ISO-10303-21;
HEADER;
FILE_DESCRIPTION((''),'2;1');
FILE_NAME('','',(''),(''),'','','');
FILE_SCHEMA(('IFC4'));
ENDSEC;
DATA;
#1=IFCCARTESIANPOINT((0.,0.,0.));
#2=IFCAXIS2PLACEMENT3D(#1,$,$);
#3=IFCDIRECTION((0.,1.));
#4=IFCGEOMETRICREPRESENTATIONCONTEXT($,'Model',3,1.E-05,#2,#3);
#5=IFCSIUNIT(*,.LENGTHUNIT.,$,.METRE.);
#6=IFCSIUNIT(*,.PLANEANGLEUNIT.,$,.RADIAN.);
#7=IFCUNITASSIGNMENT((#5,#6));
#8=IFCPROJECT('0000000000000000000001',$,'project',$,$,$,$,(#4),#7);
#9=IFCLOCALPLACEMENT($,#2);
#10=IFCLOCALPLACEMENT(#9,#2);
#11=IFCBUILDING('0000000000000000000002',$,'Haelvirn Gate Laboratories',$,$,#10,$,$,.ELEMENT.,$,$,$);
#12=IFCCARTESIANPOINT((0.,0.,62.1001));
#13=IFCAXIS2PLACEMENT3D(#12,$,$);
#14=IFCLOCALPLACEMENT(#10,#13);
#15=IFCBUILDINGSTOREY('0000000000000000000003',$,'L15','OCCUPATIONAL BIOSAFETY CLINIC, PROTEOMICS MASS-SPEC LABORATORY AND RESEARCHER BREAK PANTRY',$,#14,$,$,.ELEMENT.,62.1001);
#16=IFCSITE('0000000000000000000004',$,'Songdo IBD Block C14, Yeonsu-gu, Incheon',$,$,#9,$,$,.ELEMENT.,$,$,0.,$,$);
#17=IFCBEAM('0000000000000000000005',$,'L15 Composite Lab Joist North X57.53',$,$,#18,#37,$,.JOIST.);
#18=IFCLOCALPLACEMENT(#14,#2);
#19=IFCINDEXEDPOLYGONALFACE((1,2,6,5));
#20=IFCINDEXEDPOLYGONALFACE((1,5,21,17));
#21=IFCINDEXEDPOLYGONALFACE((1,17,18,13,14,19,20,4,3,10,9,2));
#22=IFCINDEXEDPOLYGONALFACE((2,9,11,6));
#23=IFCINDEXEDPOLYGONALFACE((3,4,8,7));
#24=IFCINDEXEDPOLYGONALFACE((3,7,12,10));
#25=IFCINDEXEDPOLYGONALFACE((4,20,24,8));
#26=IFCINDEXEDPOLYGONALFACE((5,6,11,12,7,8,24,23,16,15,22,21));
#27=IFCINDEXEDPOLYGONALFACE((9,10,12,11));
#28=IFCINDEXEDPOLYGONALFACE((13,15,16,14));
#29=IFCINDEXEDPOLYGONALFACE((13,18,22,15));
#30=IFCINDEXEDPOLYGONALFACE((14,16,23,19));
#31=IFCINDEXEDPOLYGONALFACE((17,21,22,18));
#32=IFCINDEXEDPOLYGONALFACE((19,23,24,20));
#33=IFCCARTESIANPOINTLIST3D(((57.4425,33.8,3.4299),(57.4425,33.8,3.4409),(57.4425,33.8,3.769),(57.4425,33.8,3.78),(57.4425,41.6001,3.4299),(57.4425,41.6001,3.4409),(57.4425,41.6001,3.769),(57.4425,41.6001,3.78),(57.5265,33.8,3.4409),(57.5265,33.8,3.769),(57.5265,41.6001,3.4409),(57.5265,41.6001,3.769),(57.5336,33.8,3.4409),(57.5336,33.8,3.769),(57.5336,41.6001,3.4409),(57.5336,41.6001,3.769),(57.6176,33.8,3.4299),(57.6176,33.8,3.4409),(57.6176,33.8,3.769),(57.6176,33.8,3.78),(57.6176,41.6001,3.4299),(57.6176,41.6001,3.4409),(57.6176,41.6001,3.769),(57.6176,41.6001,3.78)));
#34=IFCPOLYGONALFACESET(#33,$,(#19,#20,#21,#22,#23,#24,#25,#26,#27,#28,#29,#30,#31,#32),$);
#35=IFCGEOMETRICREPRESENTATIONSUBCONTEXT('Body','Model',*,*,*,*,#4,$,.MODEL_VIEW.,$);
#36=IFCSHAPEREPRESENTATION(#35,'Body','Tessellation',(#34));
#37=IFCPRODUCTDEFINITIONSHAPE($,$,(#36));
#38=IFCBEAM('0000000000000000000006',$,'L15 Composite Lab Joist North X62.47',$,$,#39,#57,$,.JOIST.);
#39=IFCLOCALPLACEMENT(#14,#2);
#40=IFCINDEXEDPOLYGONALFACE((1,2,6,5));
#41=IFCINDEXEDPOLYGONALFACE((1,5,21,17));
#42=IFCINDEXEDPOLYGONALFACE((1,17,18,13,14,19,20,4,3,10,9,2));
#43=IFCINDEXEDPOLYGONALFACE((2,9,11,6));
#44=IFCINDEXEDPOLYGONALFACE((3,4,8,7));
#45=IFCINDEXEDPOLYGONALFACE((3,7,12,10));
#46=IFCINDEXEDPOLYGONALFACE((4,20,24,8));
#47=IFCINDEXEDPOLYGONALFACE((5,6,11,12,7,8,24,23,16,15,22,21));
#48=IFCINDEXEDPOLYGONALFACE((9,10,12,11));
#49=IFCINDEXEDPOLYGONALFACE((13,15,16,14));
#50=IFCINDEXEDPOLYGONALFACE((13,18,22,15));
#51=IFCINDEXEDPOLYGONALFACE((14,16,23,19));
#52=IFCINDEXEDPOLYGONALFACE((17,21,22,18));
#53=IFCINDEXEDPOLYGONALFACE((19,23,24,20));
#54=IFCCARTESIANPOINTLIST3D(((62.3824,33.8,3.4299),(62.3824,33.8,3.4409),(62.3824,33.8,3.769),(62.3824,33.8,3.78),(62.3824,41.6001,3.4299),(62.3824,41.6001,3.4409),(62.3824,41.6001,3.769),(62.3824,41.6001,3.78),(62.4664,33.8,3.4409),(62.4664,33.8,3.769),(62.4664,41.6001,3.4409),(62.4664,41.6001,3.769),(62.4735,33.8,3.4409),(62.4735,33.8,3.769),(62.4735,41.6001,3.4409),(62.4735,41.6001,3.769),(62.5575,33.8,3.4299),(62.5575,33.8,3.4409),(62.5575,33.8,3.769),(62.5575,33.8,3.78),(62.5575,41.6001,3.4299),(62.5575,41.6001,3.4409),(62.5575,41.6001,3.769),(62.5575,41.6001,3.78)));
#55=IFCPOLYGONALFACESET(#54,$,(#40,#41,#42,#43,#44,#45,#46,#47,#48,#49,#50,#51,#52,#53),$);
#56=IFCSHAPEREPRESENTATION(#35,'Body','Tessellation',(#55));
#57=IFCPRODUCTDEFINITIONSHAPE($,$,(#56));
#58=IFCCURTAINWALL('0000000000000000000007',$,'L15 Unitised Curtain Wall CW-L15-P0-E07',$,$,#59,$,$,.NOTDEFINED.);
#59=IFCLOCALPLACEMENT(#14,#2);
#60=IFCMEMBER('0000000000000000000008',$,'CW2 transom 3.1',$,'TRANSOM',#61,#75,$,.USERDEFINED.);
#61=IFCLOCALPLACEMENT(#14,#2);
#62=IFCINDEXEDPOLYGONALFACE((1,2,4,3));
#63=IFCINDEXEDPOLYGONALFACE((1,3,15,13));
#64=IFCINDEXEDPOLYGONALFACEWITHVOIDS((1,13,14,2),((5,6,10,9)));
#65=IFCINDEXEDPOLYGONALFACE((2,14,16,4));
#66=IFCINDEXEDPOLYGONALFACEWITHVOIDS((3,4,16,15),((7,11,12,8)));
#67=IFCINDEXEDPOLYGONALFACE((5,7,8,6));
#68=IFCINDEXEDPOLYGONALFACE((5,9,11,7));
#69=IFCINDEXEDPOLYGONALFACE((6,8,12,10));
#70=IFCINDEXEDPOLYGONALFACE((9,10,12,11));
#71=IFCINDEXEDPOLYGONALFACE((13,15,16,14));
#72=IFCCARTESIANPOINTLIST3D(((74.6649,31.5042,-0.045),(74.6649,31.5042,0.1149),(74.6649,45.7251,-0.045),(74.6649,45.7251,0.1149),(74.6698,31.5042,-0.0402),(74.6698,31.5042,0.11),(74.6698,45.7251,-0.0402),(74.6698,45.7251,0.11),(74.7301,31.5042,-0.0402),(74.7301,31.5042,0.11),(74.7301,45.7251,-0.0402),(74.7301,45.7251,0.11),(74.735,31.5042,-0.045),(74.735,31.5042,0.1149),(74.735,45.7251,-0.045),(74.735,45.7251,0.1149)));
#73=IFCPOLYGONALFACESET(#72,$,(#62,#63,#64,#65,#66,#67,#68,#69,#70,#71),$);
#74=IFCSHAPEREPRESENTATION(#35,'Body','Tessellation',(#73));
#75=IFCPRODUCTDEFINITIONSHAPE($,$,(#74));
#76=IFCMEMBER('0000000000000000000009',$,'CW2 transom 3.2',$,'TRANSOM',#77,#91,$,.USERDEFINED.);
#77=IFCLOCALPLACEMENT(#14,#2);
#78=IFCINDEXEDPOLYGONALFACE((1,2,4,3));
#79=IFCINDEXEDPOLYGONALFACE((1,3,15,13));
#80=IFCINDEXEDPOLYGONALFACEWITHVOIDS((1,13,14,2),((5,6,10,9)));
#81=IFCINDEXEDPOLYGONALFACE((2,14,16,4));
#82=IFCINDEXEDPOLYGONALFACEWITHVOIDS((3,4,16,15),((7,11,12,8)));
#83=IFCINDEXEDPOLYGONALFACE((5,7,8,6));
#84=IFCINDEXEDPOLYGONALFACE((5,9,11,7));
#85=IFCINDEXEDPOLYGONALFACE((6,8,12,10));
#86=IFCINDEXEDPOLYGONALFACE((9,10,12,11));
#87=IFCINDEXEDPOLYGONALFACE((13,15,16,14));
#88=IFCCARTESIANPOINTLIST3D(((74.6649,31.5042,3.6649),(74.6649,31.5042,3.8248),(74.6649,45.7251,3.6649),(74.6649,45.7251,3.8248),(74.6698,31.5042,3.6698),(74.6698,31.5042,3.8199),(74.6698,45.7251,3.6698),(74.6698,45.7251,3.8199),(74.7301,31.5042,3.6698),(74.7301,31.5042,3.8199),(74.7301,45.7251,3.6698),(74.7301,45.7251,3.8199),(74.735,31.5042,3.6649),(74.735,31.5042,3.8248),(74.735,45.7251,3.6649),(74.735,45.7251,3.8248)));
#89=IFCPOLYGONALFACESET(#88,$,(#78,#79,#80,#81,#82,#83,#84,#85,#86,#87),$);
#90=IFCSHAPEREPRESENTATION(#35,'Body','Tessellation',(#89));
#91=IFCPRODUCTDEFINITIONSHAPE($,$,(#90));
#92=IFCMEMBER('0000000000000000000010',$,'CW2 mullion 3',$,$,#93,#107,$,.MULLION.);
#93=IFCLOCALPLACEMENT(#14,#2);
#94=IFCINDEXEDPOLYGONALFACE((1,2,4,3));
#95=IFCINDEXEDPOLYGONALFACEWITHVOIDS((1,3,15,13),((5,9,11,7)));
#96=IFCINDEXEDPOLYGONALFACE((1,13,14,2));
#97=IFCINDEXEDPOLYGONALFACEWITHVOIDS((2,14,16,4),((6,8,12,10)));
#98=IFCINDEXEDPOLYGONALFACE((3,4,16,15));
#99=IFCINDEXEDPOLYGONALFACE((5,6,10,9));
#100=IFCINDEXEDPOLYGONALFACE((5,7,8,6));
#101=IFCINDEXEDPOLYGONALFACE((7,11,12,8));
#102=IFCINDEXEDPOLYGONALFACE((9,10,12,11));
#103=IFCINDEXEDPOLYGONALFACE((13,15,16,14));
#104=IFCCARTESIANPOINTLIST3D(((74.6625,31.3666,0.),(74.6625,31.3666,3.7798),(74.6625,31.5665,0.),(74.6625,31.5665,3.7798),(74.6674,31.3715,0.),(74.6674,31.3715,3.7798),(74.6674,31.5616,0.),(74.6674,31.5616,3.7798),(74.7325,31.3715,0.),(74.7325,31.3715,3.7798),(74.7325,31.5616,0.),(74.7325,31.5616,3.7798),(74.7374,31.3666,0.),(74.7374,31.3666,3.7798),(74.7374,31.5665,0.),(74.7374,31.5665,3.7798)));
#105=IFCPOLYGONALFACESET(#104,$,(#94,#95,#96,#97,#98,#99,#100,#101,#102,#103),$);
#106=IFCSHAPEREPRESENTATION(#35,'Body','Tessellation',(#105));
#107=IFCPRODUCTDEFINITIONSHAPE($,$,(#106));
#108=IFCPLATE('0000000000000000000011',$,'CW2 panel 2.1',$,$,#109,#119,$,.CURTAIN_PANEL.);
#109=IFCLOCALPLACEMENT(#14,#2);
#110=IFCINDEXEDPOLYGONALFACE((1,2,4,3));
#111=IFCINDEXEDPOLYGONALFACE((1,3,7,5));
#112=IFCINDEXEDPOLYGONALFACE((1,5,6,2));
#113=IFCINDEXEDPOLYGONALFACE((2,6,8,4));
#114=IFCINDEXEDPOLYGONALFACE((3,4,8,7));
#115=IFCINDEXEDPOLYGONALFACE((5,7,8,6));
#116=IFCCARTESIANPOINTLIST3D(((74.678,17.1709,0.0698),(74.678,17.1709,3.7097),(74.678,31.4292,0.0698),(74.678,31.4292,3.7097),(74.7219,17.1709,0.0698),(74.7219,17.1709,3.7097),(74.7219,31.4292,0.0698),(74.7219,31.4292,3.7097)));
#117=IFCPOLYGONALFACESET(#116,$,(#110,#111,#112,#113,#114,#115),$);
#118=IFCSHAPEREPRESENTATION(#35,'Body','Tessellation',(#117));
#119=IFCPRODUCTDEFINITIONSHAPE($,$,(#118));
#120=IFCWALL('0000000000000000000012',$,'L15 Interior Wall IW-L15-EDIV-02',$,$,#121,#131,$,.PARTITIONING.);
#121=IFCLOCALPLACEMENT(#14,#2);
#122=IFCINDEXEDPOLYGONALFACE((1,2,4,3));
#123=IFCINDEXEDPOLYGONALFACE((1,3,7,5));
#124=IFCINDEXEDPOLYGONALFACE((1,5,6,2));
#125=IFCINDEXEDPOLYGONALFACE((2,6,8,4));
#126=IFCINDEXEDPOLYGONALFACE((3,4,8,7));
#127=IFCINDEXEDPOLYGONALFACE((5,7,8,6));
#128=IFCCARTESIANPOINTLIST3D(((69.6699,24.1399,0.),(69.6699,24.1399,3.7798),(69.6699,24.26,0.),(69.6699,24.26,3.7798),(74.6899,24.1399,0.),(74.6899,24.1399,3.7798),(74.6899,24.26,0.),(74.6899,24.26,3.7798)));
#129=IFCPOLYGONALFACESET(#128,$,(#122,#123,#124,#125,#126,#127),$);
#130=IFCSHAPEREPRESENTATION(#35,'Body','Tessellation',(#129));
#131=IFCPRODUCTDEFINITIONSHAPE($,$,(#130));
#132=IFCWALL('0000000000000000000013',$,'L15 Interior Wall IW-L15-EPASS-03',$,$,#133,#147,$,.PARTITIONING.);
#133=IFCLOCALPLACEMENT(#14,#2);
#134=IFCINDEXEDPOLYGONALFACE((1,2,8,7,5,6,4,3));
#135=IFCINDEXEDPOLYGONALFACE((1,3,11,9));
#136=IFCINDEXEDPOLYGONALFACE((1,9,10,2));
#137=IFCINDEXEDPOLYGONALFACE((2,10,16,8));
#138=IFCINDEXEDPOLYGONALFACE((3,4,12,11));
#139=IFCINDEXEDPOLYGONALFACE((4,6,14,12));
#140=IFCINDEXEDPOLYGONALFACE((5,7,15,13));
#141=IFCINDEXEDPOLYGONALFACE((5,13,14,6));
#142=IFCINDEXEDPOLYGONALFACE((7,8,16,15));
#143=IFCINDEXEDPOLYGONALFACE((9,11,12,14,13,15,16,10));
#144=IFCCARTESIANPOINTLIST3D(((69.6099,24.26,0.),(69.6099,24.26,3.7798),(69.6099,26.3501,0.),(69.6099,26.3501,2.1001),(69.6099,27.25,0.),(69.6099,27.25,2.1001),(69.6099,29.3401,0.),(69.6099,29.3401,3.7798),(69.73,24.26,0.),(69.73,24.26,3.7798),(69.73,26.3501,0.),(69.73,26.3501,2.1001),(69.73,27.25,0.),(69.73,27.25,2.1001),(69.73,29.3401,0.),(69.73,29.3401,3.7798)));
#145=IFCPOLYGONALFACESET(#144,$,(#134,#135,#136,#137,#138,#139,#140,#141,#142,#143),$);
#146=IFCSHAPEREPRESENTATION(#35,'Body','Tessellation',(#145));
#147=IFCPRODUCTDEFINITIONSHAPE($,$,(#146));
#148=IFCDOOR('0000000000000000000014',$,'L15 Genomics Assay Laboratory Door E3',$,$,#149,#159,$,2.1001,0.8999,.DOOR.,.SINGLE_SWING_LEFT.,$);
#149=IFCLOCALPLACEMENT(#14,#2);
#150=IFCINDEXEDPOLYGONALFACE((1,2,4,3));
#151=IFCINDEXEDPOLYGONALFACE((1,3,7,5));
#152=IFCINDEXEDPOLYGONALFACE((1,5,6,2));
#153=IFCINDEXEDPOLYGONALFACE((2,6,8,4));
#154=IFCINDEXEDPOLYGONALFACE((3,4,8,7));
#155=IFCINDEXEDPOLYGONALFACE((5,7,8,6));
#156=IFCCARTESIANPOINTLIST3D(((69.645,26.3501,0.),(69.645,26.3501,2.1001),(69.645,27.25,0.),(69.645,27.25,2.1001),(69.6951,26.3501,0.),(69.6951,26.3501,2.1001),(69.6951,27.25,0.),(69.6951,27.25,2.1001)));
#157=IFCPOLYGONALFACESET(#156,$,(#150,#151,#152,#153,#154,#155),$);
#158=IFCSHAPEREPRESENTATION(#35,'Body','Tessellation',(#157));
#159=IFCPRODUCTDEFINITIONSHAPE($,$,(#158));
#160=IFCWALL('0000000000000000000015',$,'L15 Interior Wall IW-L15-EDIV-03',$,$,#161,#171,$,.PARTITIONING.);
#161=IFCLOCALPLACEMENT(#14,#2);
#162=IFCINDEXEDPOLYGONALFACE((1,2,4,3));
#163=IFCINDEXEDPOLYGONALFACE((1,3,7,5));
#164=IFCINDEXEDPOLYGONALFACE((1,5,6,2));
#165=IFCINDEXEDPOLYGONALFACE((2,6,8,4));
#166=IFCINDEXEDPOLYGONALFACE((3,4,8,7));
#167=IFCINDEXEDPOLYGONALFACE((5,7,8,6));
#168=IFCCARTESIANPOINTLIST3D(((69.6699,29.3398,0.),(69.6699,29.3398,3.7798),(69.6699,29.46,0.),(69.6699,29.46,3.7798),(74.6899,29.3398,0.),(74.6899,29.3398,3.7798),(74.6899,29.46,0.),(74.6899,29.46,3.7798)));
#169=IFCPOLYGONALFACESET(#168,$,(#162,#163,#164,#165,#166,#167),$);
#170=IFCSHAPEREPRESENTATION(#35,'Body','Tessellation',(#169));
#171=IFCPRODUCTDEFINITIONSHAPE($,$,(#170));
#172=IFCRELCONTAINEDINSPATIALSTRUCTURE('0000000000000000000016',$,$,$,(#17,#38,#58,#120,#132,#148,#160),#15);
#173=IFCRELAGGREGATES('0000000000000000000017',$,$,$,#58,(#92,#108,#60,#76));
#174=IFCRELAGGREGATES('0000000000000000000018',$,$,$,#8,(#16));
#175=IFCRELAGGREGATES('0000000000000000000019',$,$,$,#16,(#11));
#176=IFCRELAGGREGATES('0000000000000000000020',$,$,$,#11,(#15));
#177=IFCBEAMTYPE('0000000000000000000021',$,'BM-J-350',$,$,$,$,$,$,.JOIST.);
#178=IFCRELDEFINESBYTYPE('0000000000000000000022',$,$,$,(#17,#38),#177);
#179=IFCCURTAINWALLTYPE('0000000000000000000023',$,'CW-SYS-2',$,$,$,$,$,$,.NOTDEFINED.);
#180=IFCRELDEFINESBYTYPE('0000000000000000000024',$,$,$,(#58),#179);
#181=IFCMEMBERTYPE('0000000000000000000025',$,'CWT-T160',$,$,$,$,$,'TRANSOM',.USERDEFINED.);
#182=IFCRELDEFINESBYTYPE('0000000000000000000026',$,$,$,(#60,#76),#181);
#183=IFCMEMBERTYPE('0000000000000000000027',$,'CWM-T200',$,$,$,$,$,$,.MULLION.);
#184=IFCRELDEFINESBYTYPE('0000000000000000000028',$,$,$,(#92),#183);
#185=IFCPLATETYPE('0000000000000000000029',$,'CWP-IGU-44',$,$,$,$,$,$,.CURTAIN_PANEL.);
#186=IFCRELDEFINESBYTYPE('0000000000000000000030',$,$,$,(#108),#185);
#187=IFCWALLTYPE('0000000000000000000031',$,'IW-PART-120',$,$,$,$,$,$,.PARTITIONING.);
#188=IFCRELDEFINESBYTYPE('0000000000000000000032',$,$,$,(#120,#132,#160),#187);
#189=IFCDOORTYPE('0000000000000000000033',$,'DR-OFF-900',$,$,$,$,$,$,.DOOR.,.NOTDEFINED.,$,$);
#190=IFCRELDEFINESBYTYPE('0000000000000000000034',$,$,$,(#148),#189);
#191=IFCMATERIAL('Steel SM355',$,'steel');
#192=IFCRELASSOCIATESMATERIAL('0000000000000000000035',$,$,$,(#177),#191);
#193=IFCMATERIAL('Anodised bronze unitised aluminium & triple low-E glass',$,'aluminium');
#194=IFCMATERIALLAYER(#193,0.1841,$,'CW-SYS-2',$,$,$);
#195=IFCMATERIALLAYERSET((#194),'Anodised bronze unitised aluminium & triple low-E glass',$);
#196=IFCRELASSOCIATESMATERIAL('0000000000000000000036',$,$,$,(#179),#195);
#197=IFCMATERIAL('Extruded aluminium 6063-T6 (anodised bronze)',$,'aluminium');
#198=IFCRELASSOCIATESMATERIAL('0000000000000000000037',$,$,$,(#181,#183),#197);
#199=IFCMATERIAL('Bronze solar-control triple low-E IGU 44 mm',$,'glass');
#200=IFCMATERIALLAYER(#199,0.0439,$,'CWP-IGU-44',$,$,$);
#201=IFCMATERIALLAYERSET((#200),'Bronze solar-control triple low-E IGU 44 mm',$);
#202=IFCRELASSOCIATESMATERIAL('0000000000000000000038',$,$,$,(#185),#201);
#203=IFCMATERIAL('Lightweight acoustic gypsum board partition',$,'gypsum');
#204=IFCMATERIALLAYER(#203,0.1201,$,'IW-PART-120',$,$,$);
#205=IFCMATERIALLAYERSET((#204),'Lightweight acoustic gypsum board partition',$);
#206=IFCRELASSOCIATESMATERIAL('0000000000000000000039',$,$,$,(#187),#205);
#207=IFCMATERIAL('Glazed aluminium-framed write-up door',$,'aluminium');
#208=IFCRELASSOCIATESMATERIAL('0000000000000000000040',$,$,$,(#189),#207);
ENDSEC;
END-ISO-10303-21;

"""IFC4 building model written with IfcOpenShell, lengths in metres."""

from ifc_helpers import new_model, si_unit, direction, frame, frame_2d, origin, origin_2d, place, context, subcontext, project, spatial, rectangle, hollow_rectangle, i_section, extrude, source, transform, mapped, material, layer, layer_set, material_profile, profile_set, type_object, type_shapes, element, fill, aggregate, save


model = new_model("IFC4")

# Units and contexts
model_context = context("Model", 3, precision=1e-05, world=origin(), true_north=direction((0.0, 1.0)))
body_context = subcontext(model_context, "Body", "Model", "MODEL_VIEW")
ifc_project = project(units=[si_unit("LENGTHUNIT", "METRE"), si_unit("PLANEANGLEUNIT", "RADIAN")], contexts=[model_context])

# Site, building, storey
site_placement = place(None, origin())
site = spatial("IfcSite", under=ifc_project, at=site_placement, Name="Songdo IBD Block C14, Yeonsu-gu, Incheon", CompositionType="ELEMENT", RefElevation=0.0)
building_placement = place(site_placement, origin())
building = spatial("IfcBuilding", under=site, at=building_placement, Name="Haelvirn Gate Laboratories", CompositionType="ELEMENT")
storey_placement = place(building_placement, frame((0.0, 0.0, 62.1001)))
storey = spatial("IfcBuildingStorey", under=building, at=storey_placement, Name="L15", Description="OCCUPATIONAL BIOSAFETY CLINIC, PROTEOMICS MASS-SPEC LABORATORY AND RESEARCHER BREAK PANTRY", CompositionType="ELEMENT", Elevation=62.1001)

# Beams
ifc_material_1 = material(Name="Steel SM355", Category="steel")
ifc_material_profile_1 = material_profile(ifc_material_1, i_section(OverallWidth=0.175, OverallDepth=0.3501, WebThickness=0.0071, FlangeThickness=0.011, at=origin_2d()), Name="H-350x175x7x11")
ifc_profile_set_1 = profile_set([ifc_material_profile_1], Name="Steel SM355")
beam_type = type_object("IfcBeamType", Name="BM-J-350", PredefinedType="JOIST", material=ifc_profile_set_1)
shared_shape_1 = source(origin(), body_context, "Body", "SweptSolid", [
    extrude(i_section(OverallWidth=0.175, OverallDepth=0.3501, WebThickness=0.0071, FlangeThickness=0.011, at=origin_2d()), origin(), (0.0, 0.0, 1.0), 7.8),
])
type_shapes(beam_type, [shared_shape_1])
for number, where, z_axis, x_axis, name in (
    (1, (57.53, 33.8, 3.605), (0.0, 1.0, 0.0), (-1.0, 0.0, 0.0), "L15 Composite Lab Joist North X57.53"),
    (2, (62.47, 33.8, 3.605), (0.0, 1.0, 0.0), (-1.0, 0.0, 0.0), "L15 Composite Lab Joist North X62.47"),
):
    element("IfcBeam", number, at=place(storey_placement, frame(where, z_axis=z_axis, x_axis=x_axis)), inside=storey, type_object=beam_type, Name=name, PredefinedType="JOIST", context=body_context, shape_type="MappedRepresentation", body=[
        mapped(shared_shape_1, transform((0.0, 0.0, 0.0), scale=1.0)),
    ])

# Curtain wall, members, plate
ifc_material_2 = material(Name="Anodised bronze unitised aluminium & triple low-E glass", Category="aluminium")
ifc_layer_1 = layer(ifc_material_2, 0.1841, Name="CW-SYS-2")
ifc_layer_set_1 = layer_set([ifc_layer_1], Name="Anodised bronze unitised aluminium & triple low-E glass")
curtain_wall_type = type_object("IfcCurtainWallType", Name="CW-SYS-2", PredefinedType="NOTDEFINED", material=ifc_layer_set_1)
curtain_wall_placement = place(storey_placement, origin())
curtain_wall = element("IfcCurtainWall", 3, at=curtain_wall_placement, inside=storey, type_object=curtain_wall_type, Name="L15 Unitised Curtain Wall CW-L15-P0-E07", PredefinedType="NOTDEFINED")
ifc_material_3 = material(Name="Extruded aluminium 6063-T6 (anodised bronze)", Category="aluminium")
ifc_material_profile_2 = material_profile(ifc_material_3, hollow_rectangle(XDim=0.0701, YDim=0.1599, WallThickness=0.0049, at=origin_2d()), Name="CWT-160x70x5")
ifc_profile_set_2 = profile_set([ifc_material_profile_2], Name="Extruded aluminium 6063-T6 (anodised bronze)")
member_type_1 = type_object("IfcMemberType", Name="CWT-T160", ElementType="TRANSOM", PredefinedType="USERDEFINED", material=ifc_profile_set_2)
shared_shape_2 = source(origin(), body_context, "Body", "SweptSolid", [
    extrude(hollow_rectangle(XDim=0.0701, YDim=0.1599, WallThickness=0.0049, at=origin_2d()), origin(), (0.0, 0.0, 1.0), 14.2209),
])
type_shapes(member_type_1, [shared_shape_2])
member_1_placement = place(storey_placement, frame((74.7, 31.5042, 0.0349), z_axis=(0.0, 1.0, 0.0), x_axis=(-1.0, 0.0, 0.0)))
member_1 = element("IfcMember", 4, at=member_1_placement, type_object=member_type_1, Name="CW2 transom 3.1", ObjectType="TRANSOM", PredefinedType="USERDEFINED", context=body_context, shape_type="MappedRepresentation", body=[
    mapped(shared_shape_2, transform((0.0, 0.0, 0.0), scale=1.0)),
])
member_2_placement = place(storey_placement, frame((74.7, 31.5042, 3.7449), z_axis=(0.0, 1.0, 0.0), x_axis=(-1.0, 0.0, 0.0)))
member_2 = element("IfcMember", 5, at=member_2_placement, type_object=member_type_1, Name="CW2 transom 3.2", ObjectType="TRANSOM", PredefinedType="USERDEFINED", context=body_context, shape_type="MappedRepresentation", body=[
    mapped(shared_shape_2, transform((0.0, 0.0, 0.0), scale=1.0)),
])
ifc_material_profile_3 = material_profile(ifc_material_3, hollow_rectangle(XDim=0.075, YDim=0.2, WallThickness=0.0049, at=origin_2d()), Name="CWM-200x75x5")
ifc_profile_set_3 = profile_set([ifc_material_profile_3], Name="Extruded aluminium 6063-T6 (anodised bronze)")
member_type_2 = type_object("IfcMemberType", Name="CWM-T200", PredefinedType="MULLION", material=ifc_profile_set_3)
shared_shape_3 = source(origin(), body_context, "Body", "SweptSolid", [
    extrude(hollow_rectangle(XDim=0.075, YDim=0.2, WallThickness=0.0049, at=origin_2d()), origin(), (0.0, 0.0, 1.0), 3.7798),
])
type_shapes(member_type_2, [shared_shape_3])
member_3_placement = place(storey_placement, frame((74.7, 31.4666, 0.0), z_axis=(0.0, 0.0, 1.0), x_axis=(-1.0, 0.0, 0.0)))
member_3 = element("IfcMember", 6, at=member_3_placement, type_object=member_type_2, Name="CW2 mullion 3", PredefinedType="MULLION", context=body_context, shape_type="MappedRepresentation", body=[
    mapped(shared_shape_3, transform((0.0, 0.0, 0.0), scale=1.0)),
])
ifc_material_4 = material(Name="Bronze solar-control triple low-E IGU 44 mm", Category="glass")
ifc_layer_2 = layer(ifc_material_4, 0.0439, Name="CWP-IGU-44")
ifc_layer_set_2 = layer_set([ifc_layer_2], Name="Bronze solar-control triple low-E IGU 44 mm")
plate_type = type_object("IfcPlateType", Name="CWP-IGU-44", PredefinedType="CURTAIN_PANEL", material=ifc_layer_set_2)
shared_shape_4 = source(origin(), body_context, "Body", "SweptSolid", [
    extrude(rectangle(XDim=14.2583, YDim=0.0439, at=origin_2d()), origin(), (0.0, 0.0, 1.0), 3.6399),
])
type_shapes(plate_type, [shared_shape_4])
plate_placement = place(storey_placement, frame((74.7, 24.3, 0.0698), z_axis=(0.0, 0.0, 1.0), x_axis=(0.0, 1.0, 0.0)))
plate = element("IfcPlate", 7, at=plate_placement, type_object=plate_type, Name="CW2 panel 2.1", PredefinedType="CURTAIN_PANEL", context=body_context, shape_type="MappedRepresentation", body=[
    mapped(shared_shape_4, transform((0.0, 0.0, 0.0), scale=1.0)),
])
aggregate(curtain_wall, [member_3, plate, member_1, member_2])

# Wall
ifc_material_5 = material(Name="Lightweight acoustic gypsum board partition", Category="gypsum")
ifc_layer_3 = layer(ifc_material_5, 0.1201, Name="IW-PART-120")
ifc_layer_set_3 = layer_set([ifc_layer_3], Name="Lightweight acoustic gypsum board partition")
wall_type_1 = type_object("IfcWallType", Name="IW-PART-120", PredefinedType="PARTITIONING", material=ifc_layer_set_3)
wall_1_placement = place(storey_placement, frame((69.6699, 24.2, 0.0), z_axis=(0.0, 0.0, 1.0), x_axis=(1.0, 0.0, 0.0)))
element("IfcWall", 8, at=wall_1_placement, inside=storey, type_object=wall_type_1, Name="L15 Interior Wall IW-L15-EDIV-02", PredefinedType="PARTITIONING", context=body_context, shape_type="SweptSolid", body=[
    extrude(rectangle(XDim=5.02, YDim=0.1201, at=frame_2d((2.51, 0.0))), origin(), (0.0, 0.0, 1.0), 3.7798),
])

# Wall, opening, door
wall_2_placement = place(storey_placement, frame((69.6699, 24.26, 0.0), z_axis=(0.0, 0.0, 1.0), x_axis=(0.0, 1.0, 0.0)))
wall_2 = element("IfcWall", 9, at=wall_2_placement, inside=storey, type_object=wall_type_1, Name="L15 Interior Wall IW-L15-EPASS-03", PredefinedType="PARTITIONING", context=body_context, shape_type="SweptSolid", body=[
    extrude(rectangle(XDim=5.0801, YDim=0.1201, at=frame_2d((2.54, 0.0))), origin(), (0.0, 0.0, 1.0), 3.7798),
])
opening_1_placement = place(wall_2_placement, frame((2.0901, 0.0, 0.0)))
opening_1 = element("IfcOpeningElement", 10, at=opening_1_placement, cuts=wall_2, PredefinedType="OPENING", context=body_context, shape_type="SweptSolid", body=[
    extrude(rectangle(XDim=0.8999, YDim=2.1001, at=frame_2d((0.45, 1.05))), frame((0.0, 0.0701, 0.0), z_axis=(0.0, -1.0, 0.0), x_axis=(1.0, 0.0, 0.0)), (0.0, 0.0, 1.0), 0.1401),
])
ifc_material_6 = material(Name="Glazed aluminium-framed write-up door", Category="aluminium")
door_type_1 = type_object("IfcDoorType", Name="DR-OFF-900", OperationType="NOTDEFINED", PredefinedType="DOOR", material=ifc_material_6)
shared_shape_5 = source(origin(), body_context, "Body", "SweptSolid", [
    extrude(rectangle(XDim=0.8999, YDim=2.1001, at=frame_2d((0.45, 1.05))), frame((0.0, 0.0249, 0.0), z_axis=(0.0, -1.0, 0.0), x_axis=(1.0, 0.0, 0.0)), (0.0, 0.0, 1.0), 0.05),
])
type_shapes(door_type_1, [shared_shape_5])
door_1_placement = place(opening_1_placement, origin())
door_1 = element("IfcDoor", 11, at=door_1_placement, inside=storey, type_object=door_type_1, Name="L15 Genomics Assay Laboratory Door E3", OperationType="SINGLE_SWING_LEFT", OverallHeight=2.1001, OverallWidth=0.8999, PredefinedType="DOOR", context=body_context, shape_type="MappedRepresentation", body=[
    mapped(shared_shape_5, transform((0.0, 0.0, 0.0), scale=1.0)),
])
fill(opening_1, door_1)

# Wall
wall_3_placement = place(storey_placement, frame((69.6699, 29.3999, 0.0), z_axis=(0.0, 0.0, 1.0), x_axis=(1.0, 0.0, 0.0)))
element("IfcWall", 12, at=wall_3_placement, inside=storey, type_object=wall_type_1, Name="L15 Interior Wall IW-L15-EDIV-03", PredefinedType="PARTITIONING", context=body_context, shape_type="SweptSolid", body=[
    extrude(rectangle(XDim=5.02, YDim=0.1201, at=frame_2d((2.51, 0.0))), origin(), (0.0, 0.0, 1.0), 3.7798),
])

save(model, "model.ifc")
